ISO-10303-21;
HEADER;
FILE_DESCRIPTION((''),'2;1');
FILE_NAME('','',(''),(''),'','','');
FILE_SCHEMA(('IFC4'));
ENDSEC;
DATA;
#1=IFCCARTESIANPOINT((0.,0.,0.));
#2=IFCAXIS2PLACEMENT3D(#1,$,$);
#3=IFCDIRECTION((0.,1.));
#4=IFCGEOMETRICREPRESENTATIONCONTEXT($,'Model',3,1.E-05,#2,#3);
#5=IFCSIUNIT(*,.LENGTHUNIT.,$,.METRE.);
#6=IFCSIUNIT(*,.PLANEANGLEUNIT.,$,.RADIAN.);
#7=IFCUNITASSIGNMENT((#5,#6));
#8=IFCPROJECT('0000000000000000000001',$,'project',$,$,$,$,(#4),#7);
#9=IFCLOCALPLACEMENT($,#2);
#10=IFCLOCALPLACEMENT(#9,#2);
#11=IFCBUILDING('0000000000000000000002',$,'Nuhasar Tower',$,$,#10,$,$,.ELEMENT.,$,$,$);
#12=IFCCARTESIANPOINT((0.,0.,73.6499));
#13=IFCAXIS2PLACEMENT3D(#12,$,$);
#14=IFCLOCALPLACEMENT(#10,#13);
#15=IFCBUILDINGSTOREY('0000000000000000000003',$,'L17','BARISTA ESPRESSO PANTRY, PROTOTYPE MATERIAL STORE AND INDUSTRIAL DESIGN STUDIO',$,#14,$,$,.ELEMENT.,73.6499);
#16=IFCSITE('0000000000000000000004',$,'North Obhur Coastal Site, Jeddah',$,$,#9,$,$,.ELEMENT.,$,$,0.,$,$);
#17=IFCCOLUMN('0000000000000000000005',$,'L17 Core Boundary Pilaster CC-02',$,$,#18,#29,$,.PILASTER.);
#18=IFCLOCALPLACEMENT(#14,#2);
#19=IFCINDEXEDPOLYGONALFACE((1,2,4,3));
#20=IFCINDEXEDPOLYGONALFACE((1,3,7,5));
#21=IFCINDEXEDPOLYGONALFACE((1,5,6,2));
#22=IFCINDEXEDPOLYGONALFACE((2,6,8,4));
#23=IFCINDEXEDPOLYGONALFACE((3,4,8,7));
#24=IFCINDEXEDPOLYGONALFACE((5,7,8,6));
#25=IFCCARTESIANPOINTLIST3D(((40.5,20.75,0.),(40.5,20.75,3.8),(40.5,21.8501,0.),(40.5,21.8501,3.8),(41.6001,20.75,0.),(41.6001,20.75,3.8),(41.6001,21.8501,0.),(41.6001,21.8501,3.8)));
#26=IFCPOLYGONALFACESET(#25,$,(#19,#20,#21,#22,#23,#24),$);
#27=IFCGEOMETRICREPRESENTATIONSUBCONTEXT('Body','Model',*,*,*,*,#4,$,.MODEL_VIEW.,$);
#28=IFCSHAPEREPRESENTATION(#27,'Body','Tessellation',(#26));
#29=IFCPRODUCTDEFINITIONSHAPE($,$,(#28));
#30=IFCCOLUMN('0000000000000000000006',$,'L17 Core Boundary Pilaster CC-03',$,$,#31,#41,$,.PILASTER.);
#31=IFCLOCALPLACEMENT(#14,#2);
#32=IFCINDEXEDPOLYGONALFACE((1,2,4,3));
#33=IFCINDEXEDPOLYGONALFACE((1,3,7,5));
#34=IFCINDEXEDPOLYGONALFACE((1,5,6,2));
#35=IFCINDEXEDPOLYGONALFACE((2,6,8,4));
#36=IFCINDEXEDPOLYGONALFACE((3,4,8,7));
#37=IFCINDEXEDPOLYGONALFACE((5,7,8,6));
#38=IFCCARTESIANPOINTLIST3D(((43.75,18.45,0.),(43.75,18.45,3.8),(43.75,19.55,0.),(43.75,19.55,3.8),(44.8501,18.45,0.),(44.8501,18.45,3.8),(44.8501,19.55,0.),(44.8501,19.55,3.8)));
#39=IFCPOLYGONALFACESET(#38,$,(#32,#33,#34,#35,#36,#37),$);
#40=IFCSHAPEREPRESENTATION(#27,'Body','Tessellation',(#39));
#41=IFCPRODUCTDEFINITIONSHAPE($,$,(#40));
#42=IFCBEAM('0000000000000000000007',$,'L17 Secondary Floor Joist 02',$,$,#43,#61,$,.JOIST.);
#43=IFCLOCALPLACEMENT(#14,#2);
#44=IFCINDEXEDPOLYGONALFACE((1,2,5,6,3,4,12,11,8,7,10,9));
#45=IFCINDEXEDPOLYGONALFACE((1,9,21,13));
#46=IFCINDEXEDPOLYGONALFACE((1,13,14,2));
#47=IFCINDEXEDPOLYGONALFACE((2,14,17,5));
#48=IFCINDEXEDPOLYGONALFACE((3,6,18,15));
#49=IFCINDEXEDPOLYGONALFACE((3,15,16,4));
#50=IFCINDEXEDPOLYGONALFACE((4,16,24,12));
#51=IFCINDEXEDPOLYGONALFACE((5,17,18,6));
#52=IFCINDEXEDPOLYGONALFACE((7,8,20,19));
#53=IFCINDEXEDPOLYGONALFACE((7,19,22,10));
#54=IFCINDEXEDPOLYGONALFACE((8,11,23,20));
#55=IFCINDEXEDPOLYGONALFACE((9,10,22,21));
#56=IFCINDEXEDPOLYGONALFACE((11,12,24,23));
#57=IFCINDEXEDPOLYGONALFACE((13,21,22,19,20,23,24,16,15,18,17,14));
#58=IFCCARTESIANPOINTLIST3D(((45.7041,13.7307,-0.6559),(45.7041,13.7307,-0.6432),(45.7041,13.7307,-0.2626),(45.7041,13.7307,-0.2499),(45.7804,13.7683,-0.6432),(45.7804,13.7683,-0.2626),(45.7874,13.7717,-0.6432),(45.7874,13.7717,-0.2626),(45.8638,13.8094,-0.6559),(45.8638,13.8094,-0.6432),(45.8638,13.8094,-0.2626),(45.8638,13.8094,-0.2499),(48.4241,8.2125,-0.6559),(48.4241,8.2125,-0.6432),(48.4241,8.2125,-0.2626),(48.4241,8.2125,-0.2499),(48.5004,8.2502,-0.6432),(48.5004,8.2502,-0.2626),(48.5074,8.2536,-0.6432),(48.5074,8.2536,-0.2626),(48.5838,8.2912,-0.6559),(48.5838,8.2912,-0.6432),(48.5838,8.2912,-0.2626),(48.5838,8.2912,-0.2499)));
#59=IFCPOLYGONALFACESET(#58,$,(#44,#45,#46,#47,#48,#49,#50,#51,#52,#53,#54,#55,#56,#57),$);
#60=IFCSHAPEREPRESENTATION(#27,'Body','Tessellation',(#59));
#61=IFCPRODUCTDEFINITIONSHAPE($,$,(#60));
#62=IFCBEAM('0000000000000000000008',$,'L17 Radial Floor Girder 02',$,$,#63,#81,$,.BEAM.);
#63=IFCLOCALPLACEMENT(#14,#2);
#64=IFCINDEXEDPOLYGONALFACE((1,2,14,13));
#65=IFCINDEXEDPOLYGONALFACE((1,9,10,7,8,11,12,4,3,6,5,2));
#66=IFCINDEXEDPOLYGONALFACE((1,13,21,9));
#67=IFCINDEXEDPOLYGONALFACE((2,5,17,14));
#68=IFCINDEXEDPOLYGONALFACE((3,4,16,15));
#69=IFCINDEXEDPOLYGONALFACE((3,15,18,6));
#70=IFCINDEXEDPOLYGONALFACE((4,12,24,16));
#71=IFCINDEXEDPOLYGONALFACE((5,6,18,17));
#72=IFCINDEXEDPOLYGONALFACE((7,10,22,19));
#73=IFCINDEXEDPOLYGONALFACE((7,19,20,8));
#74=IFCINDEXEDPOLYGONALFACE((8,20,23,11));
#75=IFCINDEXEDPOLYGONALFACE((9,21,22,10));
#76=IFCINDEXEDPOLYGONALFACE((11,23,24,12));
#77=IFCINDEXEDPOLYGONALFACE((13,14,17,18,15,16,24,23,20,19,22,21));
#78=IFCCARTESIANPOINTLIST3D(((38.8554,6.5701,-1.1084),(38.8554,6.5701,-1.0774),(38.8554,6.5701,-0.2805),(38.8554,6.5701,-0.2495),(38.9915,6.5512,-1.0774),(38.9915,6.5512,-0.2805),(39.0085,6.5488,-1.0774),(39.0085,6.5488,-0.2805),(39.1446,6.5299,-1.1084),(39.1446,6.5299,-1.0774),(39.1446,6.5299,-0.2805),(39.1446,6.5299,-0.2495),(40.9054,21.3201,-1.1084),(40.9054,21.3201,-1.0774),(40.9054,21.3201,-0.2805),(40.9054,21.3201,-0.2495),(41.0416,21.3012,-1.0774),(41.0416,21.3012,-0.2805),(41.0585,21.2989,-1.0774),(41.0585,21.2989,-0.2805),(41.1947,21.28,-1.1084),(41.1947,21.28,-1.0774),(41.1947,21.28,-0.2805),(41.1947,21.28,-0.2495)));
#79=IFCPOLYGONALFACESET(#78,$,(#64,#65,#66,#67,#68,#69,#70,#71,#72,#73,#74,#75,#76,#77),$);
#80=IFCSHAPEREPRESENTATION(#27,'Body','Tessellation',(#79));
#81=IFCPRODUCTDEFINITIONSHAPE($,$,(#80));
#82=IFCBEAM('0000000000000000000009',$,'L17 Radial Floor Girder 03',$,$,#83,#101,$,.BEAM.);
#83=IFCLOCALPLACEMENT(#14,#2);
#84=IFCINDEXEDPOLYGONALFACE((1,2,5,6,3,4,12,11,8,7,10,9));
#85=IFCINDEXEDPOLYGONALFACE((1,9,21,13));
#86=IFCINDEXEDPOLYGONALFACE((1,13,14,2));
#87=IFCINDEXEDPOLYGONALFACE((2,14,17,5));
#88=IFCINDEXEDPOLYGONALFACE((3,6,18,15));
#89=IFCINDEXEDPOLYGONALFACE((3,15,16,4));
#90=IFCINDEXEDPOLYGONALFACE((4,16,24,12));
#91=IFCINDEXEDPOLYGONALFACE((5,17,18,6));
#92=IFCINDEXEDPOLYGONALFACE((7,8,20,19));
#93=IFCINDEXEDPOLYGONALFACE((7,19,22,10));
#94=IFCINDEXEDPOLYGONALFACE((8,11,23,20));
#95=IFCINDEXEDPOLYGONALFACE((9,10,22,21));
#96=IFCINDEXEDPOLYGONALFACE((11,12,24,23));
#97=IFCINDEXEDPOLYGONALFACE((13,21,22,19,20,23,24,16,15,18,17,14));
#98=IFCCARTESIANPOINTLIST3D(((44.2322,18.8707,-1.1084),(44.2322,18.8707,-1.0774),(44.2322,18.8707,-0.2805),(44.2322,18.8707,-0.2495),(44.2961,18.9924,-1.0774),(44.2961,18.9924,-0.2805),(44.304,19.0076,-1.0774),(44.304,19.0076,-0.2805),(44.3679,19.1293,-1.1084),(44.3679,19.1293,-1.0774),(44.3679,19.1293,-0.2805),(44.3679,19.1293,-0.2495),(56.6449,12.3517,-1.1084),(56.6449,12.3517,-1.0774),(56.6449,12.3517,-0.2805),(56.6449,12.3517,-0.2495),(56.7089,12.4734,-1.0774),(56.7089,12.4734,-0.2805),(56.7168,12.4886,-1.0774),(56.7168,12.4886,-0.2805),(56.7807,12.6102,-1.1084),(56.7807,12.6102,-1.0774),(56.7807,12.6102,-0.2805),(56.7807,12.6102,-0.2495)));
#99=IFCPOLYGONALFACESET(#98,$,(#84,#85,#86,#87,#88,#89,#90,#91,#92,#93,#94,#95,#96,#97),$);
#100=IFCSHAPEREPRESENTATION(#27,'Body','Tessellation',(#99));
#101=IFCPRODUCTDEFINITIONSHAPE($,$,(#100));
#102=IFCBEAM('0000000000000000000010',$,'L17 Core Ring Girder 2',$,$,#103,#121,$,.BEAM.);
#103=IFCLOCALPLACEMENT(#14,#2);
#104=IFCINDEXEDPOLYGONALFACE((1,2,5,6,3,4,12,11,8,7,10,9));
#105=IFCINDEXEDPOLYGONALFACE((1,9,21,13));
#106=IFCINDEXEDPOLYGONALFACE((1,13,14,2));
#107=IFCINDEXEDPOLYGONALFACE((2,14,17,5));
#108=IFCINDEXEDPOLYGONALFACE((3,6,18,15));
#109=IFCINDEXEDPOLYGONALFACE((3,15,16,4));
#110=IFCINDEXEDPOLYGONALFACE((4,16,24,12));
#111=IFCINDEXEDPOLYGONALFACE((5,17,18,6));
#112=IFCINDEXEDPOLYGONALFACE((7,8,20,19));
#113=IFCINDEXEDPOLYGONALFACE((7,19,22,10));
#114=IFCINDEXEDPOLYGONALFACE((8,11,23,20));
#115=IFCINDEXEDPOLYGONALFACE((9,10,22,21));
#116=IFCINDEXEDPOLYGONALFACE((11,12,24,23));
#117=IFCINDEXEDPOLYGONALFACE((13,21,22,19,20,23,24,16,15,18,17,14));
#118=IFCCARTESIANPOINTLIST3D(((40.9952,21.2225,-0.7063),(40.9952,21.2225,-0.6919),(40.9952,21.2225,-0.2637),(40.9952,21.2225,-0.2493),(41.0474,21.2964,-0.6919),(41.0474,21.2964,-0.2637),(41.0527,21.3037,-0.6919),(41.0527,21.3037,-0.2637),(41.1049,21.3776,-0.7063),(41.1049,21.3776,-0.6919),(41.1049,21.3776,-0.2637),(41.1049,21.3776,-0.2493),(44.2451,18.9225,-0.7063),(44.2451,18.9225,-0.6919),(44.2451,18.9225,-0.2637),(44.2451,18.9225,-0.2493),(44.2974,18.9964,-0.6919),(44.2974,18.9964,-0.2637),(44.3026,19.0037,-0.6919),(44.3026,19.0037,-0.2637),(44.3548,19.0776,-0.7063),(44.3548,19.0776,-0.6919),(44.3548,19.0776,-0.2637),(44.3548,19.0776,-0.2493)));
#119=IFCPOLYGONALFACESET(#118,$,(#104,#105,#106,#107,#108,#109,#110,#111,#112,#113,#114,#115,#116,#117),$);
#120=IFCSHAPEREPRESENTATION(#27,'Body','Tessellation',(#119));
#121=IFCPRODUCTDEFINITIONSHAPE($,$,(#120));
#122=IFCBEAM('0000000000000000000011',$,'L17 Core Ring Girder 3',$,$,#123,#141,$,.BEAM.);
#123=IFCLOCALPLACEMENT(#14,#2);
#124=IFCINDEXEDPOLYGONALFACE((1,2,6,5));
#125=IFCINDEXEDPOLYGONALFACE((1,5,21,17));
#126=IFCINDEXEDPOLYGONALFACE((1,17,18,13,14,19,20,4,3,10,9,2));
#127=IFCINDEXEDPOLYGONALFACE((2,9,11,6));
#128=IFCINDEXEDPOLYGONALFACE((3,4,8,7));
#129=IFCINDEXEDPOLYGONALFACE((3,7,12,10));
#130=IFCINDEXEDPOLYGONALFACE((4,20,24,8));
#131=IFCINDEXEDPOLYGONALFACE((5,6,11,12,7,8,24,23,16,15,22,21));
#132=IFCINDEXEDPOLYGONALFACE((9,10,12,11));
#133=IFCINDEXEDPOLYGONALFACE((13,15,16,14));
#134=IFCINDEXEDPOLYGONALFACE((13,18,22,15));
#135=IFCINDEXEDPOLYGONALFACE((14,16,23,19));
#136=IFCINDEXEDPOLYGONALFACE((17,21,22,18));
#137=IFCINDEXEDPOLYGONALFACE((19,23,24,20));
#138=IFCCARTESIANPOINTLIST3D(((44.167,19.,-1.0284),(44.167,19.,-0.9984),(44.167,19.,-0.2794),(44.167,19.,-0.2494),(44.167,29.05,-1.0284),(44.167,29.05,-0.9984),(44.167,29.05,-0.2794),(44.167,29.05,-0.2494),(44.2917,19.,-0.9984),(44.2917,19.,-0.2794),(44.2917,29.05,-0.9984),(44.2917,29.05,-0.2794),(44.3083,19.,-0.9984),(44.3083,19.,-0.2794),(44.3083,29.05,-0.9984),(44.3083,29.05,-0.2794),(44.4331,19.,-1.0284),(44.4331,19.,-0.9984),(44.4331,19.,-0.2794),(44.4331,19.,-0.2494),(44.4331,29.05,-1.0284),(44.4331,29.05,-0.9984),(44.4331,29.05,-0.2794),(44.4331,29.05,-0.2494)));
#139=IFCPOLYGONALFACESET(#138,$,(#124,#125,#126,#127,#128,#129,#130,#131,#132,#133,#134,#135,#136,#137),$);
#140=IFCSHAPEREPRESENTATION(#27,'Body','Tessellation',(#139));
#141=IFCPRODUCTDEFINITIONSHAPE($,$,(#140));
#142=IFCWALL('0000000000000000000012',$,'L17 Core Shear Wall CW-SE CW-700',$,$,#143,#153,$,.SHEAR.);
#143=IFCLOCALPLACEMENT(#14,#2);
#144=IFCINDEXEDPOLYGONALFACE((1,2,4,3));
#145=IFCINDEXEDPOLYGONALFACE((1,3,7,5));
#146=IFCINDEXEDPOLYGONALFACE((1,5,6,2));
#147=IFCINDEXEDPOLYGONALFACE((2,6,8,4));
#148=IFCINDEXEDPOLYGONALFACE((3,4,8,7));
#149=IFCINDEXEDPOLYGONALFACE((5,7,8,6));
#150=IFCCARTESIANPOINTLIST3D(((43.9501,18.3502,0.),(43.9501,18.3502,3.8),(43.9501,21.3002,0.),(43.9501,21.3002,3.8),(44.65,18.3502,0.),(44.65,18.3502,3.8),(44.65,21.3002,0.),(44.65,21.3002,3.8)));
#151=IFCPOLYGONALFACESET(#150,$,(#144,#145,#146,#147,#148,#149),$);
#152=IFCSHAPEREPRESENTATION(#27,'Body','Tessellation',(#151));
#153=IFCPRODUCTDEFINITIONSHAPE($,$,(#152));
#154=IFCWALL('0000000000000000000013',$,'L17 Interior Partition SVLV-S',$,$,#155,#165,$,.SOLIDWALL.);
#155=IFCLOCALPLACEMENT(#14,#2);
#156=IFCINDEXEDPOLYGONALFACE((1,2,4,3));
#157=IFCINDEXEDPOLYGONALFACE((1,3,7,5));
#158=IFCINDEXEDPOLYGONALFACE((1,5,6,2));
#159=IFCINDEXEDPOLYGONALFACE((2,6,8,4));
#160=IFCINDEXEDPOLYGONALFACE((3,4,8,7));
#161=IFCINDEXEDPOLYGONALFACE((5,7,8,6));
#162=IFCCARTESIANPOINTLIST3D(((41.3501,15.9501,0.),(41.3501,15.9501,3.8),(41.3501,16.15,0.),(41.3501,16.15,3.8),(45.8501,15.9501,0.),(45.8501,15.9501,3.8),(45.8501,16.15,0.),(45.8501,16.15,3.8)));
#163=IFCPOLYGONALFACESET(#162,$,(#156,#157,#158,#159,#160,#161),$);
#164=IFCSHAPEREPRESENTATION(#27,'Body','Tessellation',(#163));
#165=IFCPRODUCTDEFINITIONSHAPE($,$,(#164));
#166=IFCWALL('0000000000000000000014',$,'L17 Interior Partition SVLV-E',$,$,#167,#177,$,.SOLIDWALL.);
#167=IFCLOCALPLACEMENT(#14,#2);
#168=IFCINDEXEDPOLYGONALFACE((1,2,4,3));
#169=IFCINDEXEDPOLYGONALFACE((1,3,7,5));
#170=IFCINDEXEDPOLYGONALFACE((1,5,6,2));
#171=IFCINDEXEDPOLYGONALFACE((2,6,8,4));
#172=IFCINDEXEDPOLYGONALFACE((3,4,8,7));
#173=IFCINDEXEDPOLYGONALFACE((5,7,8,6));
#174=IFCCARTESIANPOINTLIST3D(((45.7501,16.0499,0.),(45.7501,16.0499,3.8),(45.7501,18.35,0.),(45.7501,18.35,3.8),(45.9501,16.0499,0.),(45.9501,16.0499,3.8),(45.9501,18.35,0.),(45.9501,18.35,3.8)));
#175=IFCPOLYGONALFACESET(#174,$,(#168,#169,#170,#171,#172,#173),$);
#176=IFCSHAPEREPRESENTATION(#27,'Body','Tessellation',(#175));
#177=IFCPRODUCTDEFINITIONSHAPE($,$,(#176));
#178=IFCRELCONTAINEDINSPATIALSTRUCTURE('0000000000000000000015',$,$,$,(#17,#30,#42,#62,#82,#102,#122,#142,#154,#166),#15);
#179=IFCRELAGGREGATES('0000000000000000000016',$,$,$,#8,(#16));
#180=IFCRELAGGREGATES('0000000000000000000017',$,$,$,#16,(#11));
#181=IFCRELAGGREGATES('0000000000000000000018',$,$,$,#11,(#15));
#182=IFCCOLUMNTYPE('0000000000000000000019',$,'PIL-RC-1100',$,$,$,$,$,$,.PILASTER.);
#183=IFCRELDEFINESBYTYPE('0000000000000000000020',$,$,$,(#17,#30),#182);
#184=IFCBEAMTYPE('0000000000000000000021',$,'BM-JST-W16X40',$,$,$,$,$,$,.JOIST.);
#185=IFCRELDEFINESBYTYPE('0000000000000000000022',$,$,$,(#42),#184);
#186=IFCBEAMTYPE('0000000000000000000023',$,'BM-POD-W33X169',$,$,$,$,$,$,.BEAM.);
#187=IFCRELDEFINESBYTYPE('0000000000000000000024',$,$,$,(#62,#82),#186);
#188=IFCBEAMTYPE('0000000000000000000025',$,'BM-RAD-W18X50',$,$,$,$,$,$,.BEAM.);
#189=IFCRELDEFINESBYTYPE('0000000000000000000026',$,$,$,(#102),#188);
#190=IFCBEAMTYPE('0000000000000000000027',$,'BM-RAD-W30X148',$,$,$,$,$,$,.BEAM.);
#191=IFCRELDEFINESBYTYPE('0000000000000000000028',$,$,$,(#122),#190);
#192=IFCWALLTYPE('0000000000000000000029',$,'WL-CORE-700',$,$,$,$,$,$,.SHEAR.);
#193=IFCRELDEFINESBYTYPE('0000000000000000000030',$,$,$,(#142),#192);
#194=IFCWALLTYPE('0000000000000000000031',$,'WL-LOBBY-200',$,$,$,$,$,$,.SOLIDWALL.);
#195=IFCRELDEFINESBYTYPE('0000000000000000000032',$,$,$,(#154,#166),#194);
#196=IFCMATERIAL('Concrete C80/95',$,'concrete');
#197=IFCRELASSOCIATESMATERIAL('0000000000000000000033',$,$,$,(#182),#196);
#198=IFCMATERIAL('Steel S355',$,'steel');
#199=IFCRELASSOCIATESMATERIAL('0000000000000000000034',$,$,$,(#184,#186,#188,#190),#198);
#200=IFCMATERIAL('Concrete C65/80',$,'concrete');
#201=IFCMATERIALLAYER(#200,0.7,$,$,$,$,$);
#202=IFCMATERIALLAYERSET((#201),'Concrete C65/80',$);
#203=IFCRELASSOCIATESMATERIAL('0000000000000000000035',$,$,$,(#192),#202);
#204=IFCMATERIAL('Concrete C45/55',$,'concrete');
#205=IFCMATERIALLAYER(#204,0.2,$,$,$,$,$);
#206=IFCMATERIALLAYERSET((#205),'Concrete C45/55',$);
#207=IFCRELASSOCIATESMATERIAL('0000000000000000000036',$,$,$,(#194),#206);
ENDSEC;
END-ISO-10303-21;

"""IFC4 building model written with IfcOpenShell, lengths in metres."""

from ifc_helpers import new_model, si_unit, direction, frame, frame_2d, origin, origin_2d, place, context, subcontext, project, spatial, rectangle, i_section, extrude, material, layer, layer_set, material_profile, profile_set, type_object, element, save


model = new_model("IFC4")

# Units and contexts
model_context = context("Model", 3, precision=1e-05, world=origin(), true_north=direction((0.0, 1.0)))
body_context = subcontext(model_context, "Body", "Model", "MODEL_VIEW")
ifc_project = project(units=[si_unit("LENGTHUNIT", "METRE"), si_unit("PLANEANGLEUNIT", "RADIAN")], contexts=[model_context])

# Site, building, storey
site_placement = place(None, origin())
site = spatial("IfcSite", under=ifc_project, at=site_placement, Name="North Obhur Coastal Site, Jeddah", CompositionType="ELEMENT", RefElevation=0.0)
building_placement = place(site_placement, origin())
building = spatial("IfcBuilding", under=site, at=building_placement, Name="Nuhasar Tower", CompositionType="ELEMENT")
storey_placement = place(building_placement, frame((0.0, 0.0, 73.6499)))
storey = spatial("IfcBuildingStorey", under=building, at=storey_placement, Name="L17", Description="BARISTA ESPRESSO PANTRY, PROTOTYPE MATERIAL STORE AND INDUSTRIAL DESIGN STUDIO", CompositionType="ELEMENT", Elevation=73.6499)

# Columns
ifc_material_1 = material(Name="Concrete C80/95", Category="concrete")
ifc_material_profile_1 = material_profile(ifc_material_1, rectangle(XDim=1.1001, YDim=1.1001, at=origin_2d()), Name="RC1100X1100")
ifc_profile_set_1 = profile_set([ifc_material_profile_1], Name="Concrete C80/95")
column_type = type_object("IfcColumnType", Name="PIL-RC-1100", PredefinedType="PILASTER", material=ifc_profile_set_1)
for number, where, z_axis, x_axis, name in (
    (1, (41.05, 21.3, 0.0), (0.0, 0.0, 1.0), (1.0, 0.0, 0.0), "L17 Core Boundary Pilaster CC-02"),
    (2, (44.3, 19.0, 0.0), (0.0, 0.0, 1.0), (1.0, 0.0, 0.0), "L17 Core Boundary Pilaster CC-03"),
):
    element("IfcColumn", number, at=place(storey_placement, frame(where, z_axis=z_axis, x_axis=x_axis)), inside=storey, type_object=column_type, Name=name, PredefinedType="PILASTER", context=body_context, shape_type="SweptSolid", body=[
        extrude(rectangle(XDim=1.1001, YDim=1.1001, at=origin_2d()), origin(), (0.0, 0.0, 1.0), 3.8),
    ])

# Beams
ifc_material_2 = material(Name="Steel S355", Category="steel")
ifc_material_profile_2 = material_profile(ifc_material_2, i_section(OverallWidth=0.178, OverallDepth=0.406, WebThickness=0.0078, FlangeThickness=0.0127, at=origin_2d()), Name="W16X40")
ifc_profile_set_2 = profile_set([ifc_material_profile_2], Name="Steel S355")
beam_type_1 = type_object("IfcBeamType", Name="BM-JST-W16X40", PredefinedType="JOIST", material=ifc_profile_set_2)
beam_1_placement = place(storey_placement, frame((45.7839, 13.77, -0.4529), z_axis=(0.442127, -0.896953, 0.0), x_axis=(0.896953, 0.442127, 0.0)))
element("IfcBeam", 3, at=beam_1_placement, inside=storey, type_object=beam_type_1, Name="L17 Secondary Floor Joist 02", PredefinedType="JOIST", context=body_context, shape_type="SweptSolid", body=[
    extrude(i_section(OverallWidth=0.178, OverallDepth=0.406, WebThickness=0.0078, FlangeThickness=0.0127, at=origin_2d()), origin(), (0.0, 0.0, 1.0), 6.1521),
])
ifc_material_profile_3 = material_profile(ifc_material_2, i_section(OverallWidth=0.292, OverallDepth=0.8589, WebThickness=0.0171, FlangeThickness=0.031, at=origin_2d()), Name="W33X169")
ifc_profile_set_3 = profile_set([ifc_material_profile_3], Name="Steel S355")
beam_type_2 = type_object("IfcBeamType", Name="BM-POD-W33X169", PredefinedType="BEAM", material=ifc_profile_set_3)
beam_2_placement = place(storey_placement, frame((41.05, 21.3, -0.679), z_axis=(-0.137663, -0.990479, 0.0), x_axis=(0.990479, -0.137663, 0.0)))
element("IfcBeam", 4, at=beam_2_placement, inside=storey, type_object=beam_type_2, Name="L17 Radial Floor Girder 02", PredefinedType="BEAM", context=body_context, shape_type="SweptSolid", body=[
    extrude(i_section(OverallWidth=0.292, OverallDepth=0.8589, WebThickness=0.0171, FlangeThickness=0.031, at=origin_2d()), origin(), (0.0, 0.0, 1.0), 14.8918),
])
beam_3_placement = place(storey_placement, frame((44.3, 19.0, -0.679), z_axis=(0.88533, -0.464963, 0.0), x_axis=(0.464963, 0.88533, 0.0)))
element("IfcBeam", 5, at=beam_3_placement, inside=storey, type_object=beam_type_2, Name="L17 Radial Floor Girder 03", PredefinedType="BEAM", context=body_context, shape_type="SweptSolid", body=[
    extrude(i_section(OverallWidth=0.292, OverallDepth=0.8589, WebThickness=0.0171, FlangeThickness=0.031, at=origin_2d()), origin(), (0.0, 0.0, 1.0), 14.0205),
])
ifc_material_profile_4 = material_profile(ifc_material_2, i_section(OverallWidth=0.1899, OverallDepth=0.457, WebThickness=0.009, FlangeThickness=0.0144, at=origin_2d()), Name="W18X50")
ifc_profile_set_4 = profile_set([ifc_material_profile_4], Name="Steel S355")
beam_type_3 = type_object("IfcBeamType", Name="BM-RAD-W18X50", PredefinedType="BEAM", material=ifc_profile_set_4)
beam_4_placement = place(storey_placement, frame((41.05, 21.3, -0.4778), z_axis=(0.816265, -0.577677, 0.0), x_axis=(0.577677, 0.816265, 0.0)))
element("IfcBeam", 6, at=beam_4_placement, inside=storey, type_object=beam_type_3, Name="L17 Core Ring Girder 2", PredefinedType="BEAM", context=body_context, shape_type="SweptSolid", body=[
    extrude(i_section(OverallWidth=0.1899, OverallDepth=0.457, WebThickness=0.009, FlangeThickness=0.0144, at=origin_2d()), origin(), (0.0, 0.0, 1.0), 3.9814),
])
ifc_material_profile_5 = material_profile(ifc_material_2, i_section(OverallWidth=0.2661, OverallDepth=0.7791, WebThickness=0.0166, FlangeThickness=0.03, at=origin_2d()), Name="W30X148")
ifc_profile_set_5 = profile_set([ifc_material_profile_5], Name="Steel S355")
beam_type_4 = type_object("IfcBeamType", Name="BM-RAD-W30X148", PredefinedType="BEAM", material=ifc_profile_set_5)
beam_5_placement = place(storey_placement, frame((44.3, 19.0, -0.6389), z_axis=(0.0, 1.0, 0.0), x_axis=(-1.0, 0.0, 0.0)))
element("IfcBeam", 7, at=beam_5_placement, inside=storey, type_object=beam_type_4, Name="L17 Core Ring Girder 3", PredefinedType="BEAM", context=body_context, shape_type="SweptSolid", body=[
    extrude(i_section(OverallWidth=0.2661, OverallDepth=0.7791, WebThickness=0.0166, FlangeThickness=0.03, at=origin_2d()), origin(), (0.0, 0.0, 1.0), 10.05),
])

# Wall
ifc_material_3 = material(Name="Concrete C65/80", Category="concrete")
ifc_layer_1 = layer(ifc_material_3, 0.7)
ifc_layer_set_1 = layer_set([ifc_layer_1], Name="Concrete C65/80")
wall_type_1 = type_object("IfcWallType", Name="WL-CORE-700", PredefinedType="SHEAR", material=ifc_layer_set_1)
wall_1_placement = place(storey_placement, frame((44.3, 18.3501, 0.0), z_axis=(0.0, 0.0, 1.0), x_axis=(0.0, 1.0, 0.0)))
element("IfcWall", 8, at=wall_1_placement, inside=storey, type_object=wall_type_1, Name="L17 Core Shear Wall CW-SE CW-700", PredefinedType="SHEAR", context=body_context, shape_type="SweptSolid", body=[
    extrude(rectangle(XDim=2.95, YDim=0.7, at=frame_2d((1.4751, 0.0))), origin(), (0.0, 0.0, 1.0), 3.8),
])

# Shared definitions
ifc_material_4 = material(Name="Concrete C45/55", Category="concrete")
ifc_layer_2 = layer(ifc_material_4, 0.2)
ifc_layer_set_2 = layer_set([ifc_layer_2], Name="Concrete C45/55")
wall_type_2 = type_object("IfcWallType", Name="WL-LOBBY-200", PredefinedType="SOLIDWALL", material=ifc_layer_set_2)

# Walls
wall_2_placement = place(storey_placement, frame((41.3501, 16.05, 0.0), z_axis=(0.0, 0.0, 1.0), x_axis=(1.0, 0.0, 0.0)))
element("IfcWall", 9, at=wall_2_placement, inside=storey, type_object=wall_type_2, Name="L17 Interior Partition SVLV-S", PredefinedType="SOLIDWALL", context=body_context, shape_type="SweptSolid", body=[
    extrude(rectangle(XDim=4.5, YDim=0.2, at=frame_2d((2.25, 0.0))), origin(), (0.0, 0.0, 1.0), 3.8),
])
wall_3_placement = place(storey_placement, frame((45.8501, 16.05, 0.0), z_axis=(0.0, 0.0, 1.0), x_axis=(0.0, 1.0, 0.0)))
element("IfcWall", 10, at=wall_3_placement, inside=storey, type_object=wall_type_2, Name="L17 Interior Partition SVLV-E", PredefinedType="SOLIDWALL", context=body_context, shape_type="SweptSolid", body=[
    extrude(rectangle(XDim=2.3, YDim=0.2, at=frame_2d((1.1499, 0.0))), origin(), (0.0, 0.0, 1.0), 3.8),
])

save(model, "model.ifc")
